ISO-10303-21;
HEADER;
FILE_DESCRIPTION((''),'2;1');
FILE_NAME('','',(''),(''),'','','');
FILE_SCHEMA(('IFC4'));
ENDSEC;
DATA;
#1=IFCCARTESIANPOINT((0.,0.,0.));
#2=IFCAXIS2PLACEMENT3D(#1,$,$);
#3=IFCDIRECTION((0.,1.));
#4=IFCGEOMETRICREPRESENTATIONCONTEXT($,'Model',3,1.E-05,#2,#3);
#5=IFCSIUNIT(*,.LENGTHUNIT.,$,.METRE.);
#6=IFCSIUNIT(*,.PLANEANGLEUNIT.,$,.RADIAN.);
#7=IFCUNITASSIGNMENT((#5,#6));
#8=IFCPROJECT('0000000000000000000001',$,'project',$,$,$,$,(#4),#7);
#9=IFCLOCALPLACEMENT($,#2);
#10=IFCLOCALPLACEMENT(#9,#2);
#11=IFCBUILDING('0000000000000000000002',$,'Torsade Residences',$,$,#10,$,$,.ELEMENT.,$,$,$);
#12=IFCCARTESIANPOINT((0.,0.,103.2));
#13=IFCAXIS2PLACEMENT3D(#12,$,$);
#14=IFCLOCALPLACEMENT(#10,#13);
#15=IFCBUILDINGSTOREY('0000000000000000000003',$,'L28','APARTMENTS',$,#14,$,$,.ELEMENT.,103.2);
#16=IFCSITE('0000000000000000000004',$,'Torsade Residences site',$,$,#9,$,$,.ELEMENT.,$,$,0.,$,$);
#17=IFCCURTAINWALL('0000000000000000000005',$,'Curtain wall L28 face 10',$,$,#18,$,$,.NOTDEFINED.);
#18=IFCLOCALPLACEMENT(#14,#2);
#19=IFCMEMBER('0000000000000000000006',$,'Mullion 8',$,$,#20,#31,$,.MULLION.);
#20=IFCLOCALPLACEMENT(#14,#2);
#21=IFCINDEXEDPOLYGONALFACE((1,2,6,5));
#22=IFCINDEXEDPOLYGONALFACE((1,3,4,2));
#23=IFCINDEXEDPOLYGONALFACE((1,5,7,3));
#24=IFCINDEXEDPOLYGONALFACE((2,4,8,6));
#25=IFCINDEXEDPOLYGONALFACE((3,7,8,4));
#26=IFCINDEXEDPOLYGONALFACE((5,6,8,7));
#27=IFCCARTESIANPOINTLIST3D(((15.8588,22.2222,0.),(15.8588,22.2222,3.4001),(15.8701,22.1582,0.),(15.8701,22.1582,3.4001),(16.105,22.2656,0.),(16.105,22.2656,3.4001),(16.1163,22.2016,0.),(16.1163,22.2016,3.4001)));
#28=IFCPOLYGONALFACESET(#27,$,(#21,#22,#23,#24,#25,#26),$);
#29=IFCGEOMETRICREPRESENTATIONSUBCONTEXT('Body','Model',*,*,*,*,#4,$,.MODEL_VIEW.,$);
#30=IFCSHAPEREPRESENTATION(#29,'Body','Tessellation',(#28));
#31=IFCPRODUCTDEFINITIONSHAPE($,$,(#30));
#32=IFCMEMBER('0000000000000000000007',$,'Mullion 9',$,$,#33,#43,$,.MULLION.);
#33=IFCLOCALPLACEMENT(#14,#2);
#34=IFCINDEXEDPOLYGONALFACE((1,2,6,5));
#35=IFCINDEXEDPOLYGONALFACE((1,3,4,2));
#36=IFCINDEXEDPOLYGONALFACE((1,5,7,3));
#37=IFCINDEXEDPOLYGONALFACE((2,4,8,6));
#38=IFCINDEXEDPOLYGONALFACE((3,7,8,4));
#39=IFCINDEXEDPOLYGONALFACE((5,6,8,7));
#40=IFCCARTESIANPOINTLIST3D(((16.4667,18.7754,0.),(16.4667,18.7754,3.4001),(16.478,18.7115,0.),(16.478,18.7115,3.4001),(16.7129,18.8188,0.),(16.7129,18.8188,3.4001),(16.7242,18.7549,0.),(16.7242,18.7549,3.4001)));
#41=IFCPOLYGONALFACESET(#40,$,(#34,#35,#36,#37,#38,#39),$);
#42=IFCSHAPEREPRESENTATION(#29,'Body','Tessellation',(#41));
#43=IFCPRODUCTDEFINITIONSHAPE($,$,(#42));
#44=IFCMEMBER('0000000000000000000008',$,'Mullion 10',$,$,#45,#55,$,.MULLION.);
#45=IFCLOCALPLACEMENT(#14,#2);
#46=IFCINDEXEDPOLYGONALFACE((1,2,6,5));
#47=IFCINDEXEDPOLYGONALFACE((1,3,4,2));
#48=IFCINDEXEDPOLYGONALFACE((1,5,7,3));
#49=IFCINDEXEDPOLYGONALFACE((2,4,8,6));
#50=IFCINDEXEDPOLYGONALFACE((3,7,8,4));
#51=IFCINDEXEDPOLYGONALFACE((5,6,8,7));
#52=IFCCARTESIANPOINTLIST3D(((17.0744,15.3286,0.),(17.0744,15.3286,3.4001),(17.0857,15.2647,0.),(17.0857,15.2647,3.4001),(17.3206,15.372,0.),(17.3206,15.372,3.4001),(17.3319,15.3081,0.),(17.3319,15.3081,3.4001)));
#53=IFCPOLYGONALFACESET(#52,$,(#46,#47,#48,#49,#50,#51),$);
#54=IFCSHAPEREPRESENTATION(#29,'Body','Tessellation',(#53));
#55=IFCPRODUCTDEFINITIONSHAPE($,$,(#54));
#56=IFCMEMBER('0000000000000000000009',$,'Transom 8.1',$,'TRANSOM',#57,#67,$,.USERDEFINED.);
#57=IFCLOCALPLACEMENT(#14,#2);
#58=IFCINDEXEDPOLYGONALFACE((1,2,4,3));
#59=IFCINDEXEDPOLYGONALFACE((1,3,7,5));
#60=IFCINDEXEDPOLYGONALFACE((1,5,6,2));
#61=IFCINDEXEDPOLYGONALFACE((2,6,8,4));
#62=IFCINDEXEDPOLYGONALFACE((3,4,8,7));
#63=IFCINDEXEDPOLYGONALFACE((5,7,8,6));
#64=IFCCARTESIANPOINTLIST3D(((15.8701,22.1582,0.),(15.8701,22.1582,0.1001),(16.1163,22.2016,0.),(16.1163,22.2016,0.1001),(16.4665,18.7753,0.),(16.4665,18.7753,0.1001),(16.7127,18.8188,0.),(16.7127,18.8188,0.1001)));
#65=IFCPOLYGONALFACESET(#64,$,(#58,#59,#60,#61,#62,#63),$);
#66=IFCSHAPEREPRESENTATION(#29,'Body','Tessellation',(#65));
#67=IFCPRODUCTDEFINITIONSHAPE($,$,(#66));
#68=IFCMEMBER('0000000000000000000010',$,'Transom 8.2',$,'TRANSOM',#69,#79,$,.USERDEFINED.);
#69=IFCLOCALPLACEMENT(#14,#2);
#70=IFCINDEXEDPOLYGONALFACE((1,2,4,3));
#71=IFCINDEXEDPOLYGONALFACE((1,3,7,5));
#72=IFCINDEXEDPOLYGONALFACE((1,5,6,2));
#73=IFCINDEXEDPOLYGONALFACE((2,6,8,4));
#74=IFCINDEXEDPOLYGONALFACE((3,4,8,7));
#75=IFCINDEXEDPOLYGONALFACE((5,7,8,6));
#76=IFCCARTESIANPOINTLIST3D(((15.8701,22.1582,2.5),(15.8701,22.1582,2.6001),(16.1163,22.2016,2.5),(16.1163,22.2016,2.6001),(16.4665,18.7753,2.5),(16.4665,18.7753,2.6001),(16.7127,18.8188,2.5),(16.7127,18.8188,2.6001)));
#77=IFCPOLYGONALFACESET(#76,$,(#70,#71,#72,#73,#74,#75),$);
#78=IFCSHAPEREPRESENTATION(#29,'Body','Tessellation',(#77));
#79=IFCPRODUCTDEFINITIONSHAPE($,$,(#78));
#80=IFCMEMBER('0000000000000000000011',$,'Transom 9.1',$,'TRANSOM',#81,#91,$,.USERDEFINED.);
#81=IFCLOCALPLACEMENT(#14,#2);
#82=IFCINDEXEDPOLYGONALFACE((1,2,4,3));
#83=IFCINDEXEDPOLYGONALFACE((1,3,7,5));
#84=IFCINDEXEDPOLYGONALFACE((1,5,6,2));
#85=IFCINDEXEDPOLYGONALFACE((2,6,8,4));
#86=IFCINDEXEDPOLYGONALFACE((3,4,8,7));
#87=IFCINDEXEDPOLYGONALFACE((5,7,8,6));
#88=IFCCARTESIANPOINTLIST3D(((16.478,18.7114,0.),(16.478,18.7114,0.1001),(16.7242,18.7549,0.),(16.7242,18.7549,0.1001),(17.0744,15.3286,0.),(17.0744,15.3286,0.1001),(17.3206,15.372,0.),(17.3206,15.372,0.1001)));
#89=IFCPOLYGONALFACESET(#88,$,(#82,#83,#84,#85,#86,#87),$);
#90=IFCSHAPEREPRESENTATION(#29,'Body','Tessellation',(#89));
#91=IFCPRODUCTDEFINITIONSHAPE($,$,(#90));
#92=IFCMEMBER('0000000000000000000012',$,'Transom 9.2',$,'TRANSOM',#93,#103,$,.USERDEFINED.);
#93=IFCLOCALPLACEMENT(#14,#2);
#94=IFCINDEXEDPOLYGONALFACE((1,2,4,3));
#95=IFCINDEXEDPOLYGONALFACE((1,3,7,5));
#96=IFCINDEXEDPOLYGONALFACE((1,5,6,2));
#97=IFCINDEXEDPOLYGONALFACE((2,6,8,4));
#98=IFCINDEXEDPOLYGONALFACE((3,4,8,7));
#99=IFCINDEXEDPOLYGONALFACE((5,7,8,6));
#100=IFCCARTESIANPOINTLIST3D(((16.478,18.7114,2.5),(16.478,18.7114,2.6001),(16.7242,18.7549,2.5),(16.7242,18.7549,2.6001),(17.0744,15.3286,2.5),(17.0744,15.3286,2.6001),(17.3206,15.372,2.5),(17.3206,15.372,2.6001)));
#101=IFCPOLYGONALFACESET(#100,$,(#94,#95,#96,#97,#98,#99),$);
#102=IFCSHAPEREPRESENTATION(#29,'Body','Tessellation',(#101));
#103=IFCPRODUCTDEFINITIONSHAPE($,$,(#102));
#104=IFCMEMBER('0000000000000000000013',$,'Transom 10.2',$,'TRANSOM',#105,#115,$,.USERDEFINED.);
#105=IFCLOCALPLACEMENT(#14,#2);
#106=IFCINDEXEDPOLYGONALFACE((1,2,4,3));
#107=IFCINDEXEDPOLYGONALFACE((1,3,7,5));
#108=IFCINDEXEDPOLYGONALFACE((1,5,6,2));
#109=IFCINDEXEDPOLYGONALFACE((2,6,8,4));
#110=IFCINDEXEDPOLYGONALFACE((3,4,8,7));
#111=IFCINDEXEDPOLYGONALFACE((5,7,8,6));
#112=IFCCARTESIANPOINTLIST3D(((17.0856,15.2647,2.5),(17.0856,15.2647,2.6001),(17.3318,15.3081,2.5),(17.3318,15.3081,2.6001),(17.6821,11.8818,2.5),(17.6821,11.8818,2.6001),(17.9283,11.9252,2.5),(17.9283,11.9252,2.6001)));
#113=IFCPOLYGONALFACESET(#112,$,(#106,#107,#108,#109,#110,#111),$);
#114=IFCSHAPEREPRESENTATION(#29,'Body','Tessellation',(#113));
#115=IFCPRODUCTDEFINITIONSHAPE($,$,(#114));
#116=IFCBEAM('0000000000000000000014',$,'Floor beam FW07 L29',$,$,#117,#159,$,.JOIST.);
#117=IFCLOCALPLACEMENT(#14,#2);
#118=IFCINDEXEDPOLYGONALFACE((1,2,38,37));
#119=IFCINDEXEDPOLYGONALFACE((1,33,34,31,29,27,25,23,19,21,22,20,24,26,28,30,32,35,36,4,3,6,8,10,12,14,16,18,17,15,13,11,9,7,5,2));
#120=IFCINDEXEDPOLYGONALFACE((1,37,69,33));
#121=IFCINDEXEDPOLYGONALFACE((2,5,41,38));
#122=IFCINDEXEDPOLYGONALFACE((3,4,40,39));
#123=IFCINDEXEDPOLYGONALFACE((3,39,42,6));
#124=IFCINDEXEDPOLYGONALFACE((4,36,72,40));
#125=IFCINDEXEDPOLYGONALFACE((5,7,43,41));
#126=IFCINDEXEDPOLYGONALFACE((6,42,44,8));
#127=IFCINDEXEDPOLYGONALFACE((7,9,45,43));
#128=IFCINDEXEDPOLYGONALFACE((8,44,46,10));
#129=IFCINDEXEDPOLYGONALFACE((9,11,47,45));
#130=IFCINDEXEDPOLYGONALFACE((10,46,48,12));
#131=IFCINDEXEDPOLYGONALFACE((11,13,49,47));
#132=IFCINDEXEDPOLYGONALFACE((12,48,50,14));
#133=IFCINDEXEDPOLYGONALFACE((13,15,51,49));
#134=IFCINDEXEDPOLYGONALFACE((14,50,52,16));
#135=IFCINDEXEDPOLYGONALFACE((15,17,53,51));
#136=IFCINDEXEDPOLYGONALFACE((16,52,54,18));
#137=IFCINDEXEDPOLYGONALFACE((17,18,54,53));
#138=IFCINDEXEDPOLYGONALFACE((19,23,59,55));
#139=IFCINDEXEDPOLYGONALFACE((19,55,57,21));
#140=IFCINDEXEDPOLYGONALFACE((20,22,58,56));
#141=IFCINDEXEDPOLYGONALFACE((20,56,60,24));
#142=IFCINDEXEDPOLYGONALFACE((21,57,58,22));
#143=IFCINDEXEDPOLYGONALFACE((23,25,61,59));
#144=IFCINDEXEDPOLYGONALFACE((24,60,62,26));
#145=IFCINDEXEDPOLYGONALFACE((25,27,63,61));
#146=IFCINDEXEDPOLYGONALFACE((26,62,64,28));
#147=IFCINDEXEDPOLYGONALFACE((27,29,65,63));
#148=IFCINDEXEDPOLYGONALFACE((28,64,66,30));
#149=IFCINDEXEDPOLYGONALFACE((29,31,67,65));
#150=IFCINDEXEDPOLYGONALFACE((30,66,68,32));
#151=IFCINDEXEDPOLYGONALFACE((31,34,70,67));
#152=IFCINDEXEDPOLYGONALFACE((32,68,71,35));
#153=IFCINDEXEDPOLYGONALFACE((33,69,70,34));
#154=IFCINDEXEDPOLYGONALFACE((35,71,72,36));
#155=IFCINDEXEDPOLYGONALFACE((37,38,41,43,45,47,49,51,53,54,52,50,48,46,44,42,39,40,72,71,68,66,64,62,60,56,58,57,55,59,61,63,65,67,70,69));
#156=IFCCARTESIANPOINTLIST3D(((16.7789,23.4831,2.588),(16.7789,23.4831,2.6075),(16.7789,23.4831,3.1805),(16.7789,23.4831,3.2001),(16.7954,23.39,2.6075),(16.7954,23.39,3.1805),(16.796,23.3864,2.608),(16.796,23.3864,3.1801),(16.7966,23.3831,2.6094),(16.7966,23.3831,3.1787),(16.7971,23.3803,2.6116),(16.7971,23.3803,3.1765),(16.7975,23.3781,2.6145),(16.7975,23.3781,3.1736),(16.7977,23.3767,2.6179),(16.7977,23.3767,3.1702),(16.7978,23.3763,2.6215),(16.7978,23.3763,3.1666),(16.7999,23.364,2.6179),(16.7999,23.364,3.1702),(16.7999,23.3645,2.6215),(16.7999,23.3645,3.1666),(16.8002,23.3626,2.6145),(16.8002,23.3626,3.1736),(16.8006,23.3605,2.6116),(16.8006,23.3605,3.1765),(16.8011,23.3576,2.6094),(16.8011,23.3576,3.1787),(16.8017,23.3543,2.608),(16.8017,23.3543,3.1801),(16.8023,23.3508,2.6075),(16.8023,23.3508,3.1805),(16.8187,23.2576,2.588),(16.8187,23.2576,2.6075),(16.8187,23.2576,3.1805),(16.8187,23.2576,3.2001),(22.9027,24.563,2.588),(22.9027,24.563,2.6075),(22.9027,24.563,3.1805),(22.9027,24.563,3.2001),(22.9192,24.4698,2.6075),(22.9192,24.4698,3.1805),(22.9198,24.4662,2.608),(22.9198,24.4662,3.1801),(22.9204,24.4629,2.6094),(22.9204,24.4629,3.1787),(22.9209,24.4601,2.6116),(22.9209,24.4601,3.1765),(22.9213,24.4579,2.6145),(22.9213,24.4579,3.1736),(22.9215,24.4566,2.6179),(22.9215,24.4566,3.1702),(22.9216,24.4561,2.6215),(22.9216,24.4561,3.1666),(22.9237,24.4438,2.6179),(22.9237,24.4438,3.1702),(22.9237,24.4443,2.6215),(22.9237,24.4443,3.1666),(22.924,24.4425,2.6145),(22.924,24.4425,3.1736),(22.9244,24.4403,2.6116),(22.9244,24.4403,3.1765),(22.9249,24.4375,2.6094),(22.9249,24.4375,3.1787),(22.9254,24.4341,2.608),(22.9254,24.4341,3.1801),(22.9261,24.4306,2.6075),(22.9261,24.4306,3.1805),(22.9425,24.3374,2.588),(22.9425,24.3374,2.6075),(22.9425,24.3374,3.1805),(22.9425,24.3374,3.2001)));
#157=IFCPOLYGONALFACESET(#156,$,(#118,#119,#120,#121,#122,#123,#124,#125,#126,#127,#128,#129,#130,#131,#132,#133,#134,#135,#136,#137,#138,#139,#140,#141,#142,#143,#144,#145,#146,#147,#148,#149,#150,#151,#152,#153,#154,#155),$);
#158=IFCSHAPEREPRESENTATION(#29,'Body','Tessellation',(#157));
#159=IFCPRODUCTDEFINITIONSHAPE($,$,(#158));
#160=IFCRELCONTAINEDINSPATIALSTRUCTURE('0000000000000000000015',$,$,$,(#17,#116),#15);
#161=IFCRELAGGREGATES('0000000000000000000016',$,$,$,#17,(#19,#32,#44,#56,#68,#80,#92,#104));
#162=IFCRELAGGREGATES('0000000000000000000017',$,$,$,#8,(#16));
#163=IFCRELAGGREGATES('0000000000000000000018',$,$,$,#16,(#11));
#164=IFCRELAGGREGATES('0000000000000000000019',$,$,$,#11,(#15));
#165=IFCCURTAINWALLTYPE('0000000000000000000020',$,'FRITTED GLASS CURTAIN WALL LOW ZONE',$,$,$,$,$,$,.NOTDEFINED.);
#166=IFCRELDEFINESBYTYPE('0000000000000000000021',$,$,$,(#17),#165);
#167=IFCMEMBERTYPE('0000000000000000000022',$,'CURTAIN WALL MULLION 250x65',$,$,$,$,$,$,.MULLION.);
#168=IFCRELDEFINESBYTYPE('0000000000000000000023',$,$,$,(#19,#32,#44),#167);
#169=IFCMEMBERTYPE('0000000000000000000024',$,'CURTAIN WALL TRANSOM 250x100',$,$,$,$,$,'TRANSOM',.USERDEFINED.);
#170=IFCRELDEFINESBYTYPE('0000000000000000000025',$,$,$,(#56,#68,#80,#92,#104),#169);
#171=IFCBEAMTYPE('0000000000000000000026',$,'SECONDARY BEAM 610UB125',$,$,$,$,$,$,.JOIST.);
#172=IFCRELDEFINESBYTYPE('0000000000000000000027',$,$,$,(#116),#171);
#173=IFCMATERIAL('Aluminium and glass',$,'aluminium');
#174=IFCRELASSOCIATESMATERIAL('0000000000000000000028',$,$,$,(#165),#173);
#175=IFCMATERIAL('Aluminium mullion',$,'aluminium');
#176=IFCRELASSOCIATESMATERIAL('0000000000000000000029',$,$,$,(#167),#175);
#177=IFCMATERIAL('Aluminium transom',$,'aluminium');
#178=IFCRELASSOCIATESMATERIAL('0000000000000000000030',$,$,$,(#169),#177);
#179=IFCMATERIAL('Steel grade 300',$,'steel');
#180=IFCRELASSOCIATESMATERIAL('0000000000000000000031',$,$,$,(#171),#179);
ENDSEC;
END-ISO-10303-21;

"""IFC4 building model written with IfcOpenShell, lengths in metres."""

from ifc_helpers import new_model, si_unit, direction, frame, origin, origin_2d, place, context, subcontext, project, spatial, rectangle, i_section, extrude, material, material_profile, profile_set, type_object, element, aggregate, save


model = new_model("IFC4")

# Units and contexts
model_context = context("Model", 3, precision=1e-05, world=origin(), true_north=direction((0.0, 1.0)))
body_context = subcontext(model_context, "Body", "Model", "MODEL_VIEW")
ifc_project = project(units=[si_unit("LENGTHUNIT", "METRE"), si_unit("PLANEANGLEUNIT", "RADIAN")], contexts=[model_context])

# Site, building, storey
site_placement = place(None, origin())
site = spatial("IfcSite", under=ifc_project, at=site_placement, Name="Torsade Residences site", CompositionType="ELEMENT", RefElevation=0.0)
building_placement = place(site_placement, origin())
building = spatial("IfcBuilding", under=site, at=building_placement, Name="Torsade Residences", CompositionType="ELEMENT")
storey_placement = place(building_placement, frame((0.0, 0.0, 103.2)))
storey = spatial("IfcBuildingStorey", under=building, at=storey_placement, Name="L28", Description="APARTMENTS", CompositionType="ELEMENT", Elevation=103.2)

# Curtain wall, members
ifc_material_1 = material(Name="Aluminium and glass", Category="aluminium")
curtain_wall_type = type_object("IfcCurtainWallType", Name="FRITTED GLASS CURTAIN WALL LOW ZONE", PredefinedType="NOTDEFINED", material=ifc_material_1)
curtain_wall_placement = place(storey_placement, origin())
curtain_wall = element("IfcCurtainWall", 1, at=curtain_wall_placement, inside=storey, type_object=curtain_wall_type, Name="Curtain wall L28 face 10", PredefinedType="NOTDEFINED")
ifc_material_2 = material(Name="Aluminium mullion", Category="aluminium")
ifc_material_profile_1 = material_profile(ifc_material_2, rectangle(XDim=0.25, YDim=0.0649, at=origin_2d()), Name="CURTAIN WALL MULLION 250x65")
ifc_profile_set_1 = profile_set([ifc_material_profile_1], Name="Aluminium mullion")
member_type_1 = type_object("IfcMemberType", Name="CURTAIN WALL MULLION 250x65", PredefinedType="MULLION", material=ifc_profile_set_1)
member_1_placement = place(storey_placement, frame((15.9875, 22.2119, 0.0), z_axis=(0.0, 0.0, 1.0), x_axis=(0.984808, 0.173648, 0.0)))
member_1 = element("IfcMember", 2, at=member_1_placement, type_object=member_type_1, Name="Mullion 8", PredefinedType="MULLION", context=body_context, shape_type="SweptSolid", body=[
    extrude(rectangle(XDim=0.25, YDim=0.0649, at=origin_2d()), origin(), (0.0, 0.0, 1.0), 3.4001),
])
member_2_placement = place(storey_placement, frame((16.5955, 18.7651, 0.0), z_axis=(0.0, 0.0, 1.0), x_axis=(0.984808, 0.173648, 0.0)))
member_2 = element("IfcMember", 3, at=member_2_placement, type_object=member_type_1, Name="Mullion 9", PredefinedType="MULLION", context=body_context, shape_type="SweptSolid", body=[
    extrude(rectangle(XDim=0.25, YDim=0.0649, at=origin_2d()), origin(), (0.0, 0.0, 1.0), 3.4001),
])
member_3_placement = place(storey_placement, frame((17.2031, 15.3184, 0.0), z_axis=(0.0, 0.0, 1.0), x_axis=(0.984808, 0.173648, 0.0)))
member_3 = element("IfcMember", 4, at=member_3_placement, type_object=member_type_1, Name="Mullion 10", PredefinedType="MULLION", context=body_context, shape_type="SweptSolid", body=[
    extrude(rectangle(XDim=0.25, YDim=0.0649, at=origin_2d()), origin(), (0.0, 0.0, 1.0), 3.4001),
])
ifc_material_3 = material(Name="Aluminium transom", Category="aluminium")
ifc_material_profile_2 = material_profile(ifc_material_3, rectangle(XDim=0.25, YDim=0.1001, at=origin_2d()), Name="CURTAIN WALL TRANSOM 250x100")
ifc_profile_set_2 = profile_set([ifc_material_profile_2], Name="Aluminium transom")
member_type_2 = type_object("IfcMemberType", Name="CURTAIN WALL TRANSOM 250x100", ElementType="TRANSOM", PredefinedType="USERDEFINED", material=ifc_profile_set_2)
member_4_placement = place(storey_placement, frame((15.9932, 22.1799, 0.05), z_axis=(0.173635, -0.98481, 0.0), x_axis=(0.98481, 0.173635, 0.0)))
member_4 = element("IfcMember", 5, at=member_4_placement, type_object=member_type_2, Name="Transom 8.1", ObjectType="TRANSOM", PredefinedType="USERDEFINED", context=body_context, shape_type="SweptSolid", body=[
    extrude(rectangle(XDim=0.25, YDim=0.1001, at=origin_2d()), origin(), (0.0, 0.0, 1.0), 3.4351),
])
member_5_placement = place(storey_placement, frame((15.9932, 22.1799, 2.55), z_axis=(0.173635, -0.98481, 0.0), x_axis=(0.98481, 0.173635, 0.0)))
member_5 = element("IfcMember", 6, at=member_5_placement, type_object=member_type_2, Name="Transom 8.2", ObjectType="TRANSOM", PredefinedType="USERDEFINED", context=body_context, shape_type="SweptSolid", body=[
    extrude(rectangle(XDim=0.25, YDim=0.1001, at=origin_2d()), origin(), (0.0, 0.0, 1.0), 3.4351),
])
member_6_placement = place(storey_placement, frame((16.6011, 18.7332, 0.05), z_axis=(0.173635, -0.98481, 0.0), x_axis=(0.98481, 0.173635, 0.0)))
member_6 = element("IfcMember", 7, at=member_6_placement, type_object=member_type_2, Name="Transom 9.1", ObjectType="TRANSOM", PredefinedType="USERDEFINED", context=body_context, shape_type="SweptSolid", body=[
    extrude(rectangle(XDim=0.25, YDim=0.1001, at=origin_2d()), origin(), (0.0, 0.0, 1.0), 3.4351),
])
member_7_placement = place(storey_placement, frame((16.6011, 18.7332, 2.55), z_axis=(0.173635, -0.98481, 0.0), x_axis=(0.98481, 0.173635, 0.0)))
member_7 = element("IfcMember", 8, at=member_7_placement, type_object=member_type_2, Name="Transom 9.2", ObjectType="TRANSOM", PredefinedType="USERDEFINED", context=body_context, shape_type="SweptSolid", body=[
    extrude(rectangle(XDim=0.25, YDim=0.1001, at=origin_2d()), origin(), (0.0, 0.0, 1.0), 3.4351),
])
member_8_placement = place(storey_placement, frame((17.2087, 15.2864, 2.55), z_axis=(0.173635, -0.98481, 0.0), x_axis=(0.98481, 0.173635, 0.0)))
member_8 = element("IfcMember", 9, at=member_8_placement, type_object=member_type_2, Name="Transom 10.2", ObjectType="TRANSOM", PredefinedType="USERDEFINED", context=body_context, shape_type="SweptSolid", body=[
    extrude(rectangle(XDim=0.25, YDim=0.1001, at=origin_2d()), origin(), (0.0, 0.0, 1.0), 3.4351),
])

# Beam
ifc_material_4 = material(Name="Steel grade 300", Category="steel")
ifc_material_profile_3 = material_profile(ifc_material_4, i_section(OverallWidth=0.229, OverallDepth=0.6121, WebThickness=0.012, FlangeThickness=0.0195, FilletRadius=0.0139, at=origin_2d()), Name="610UB125")
ifc_profile_set_3 = profile_set([ifc_material_profile_3], Name="Steel grade 300")
beam_type = type_object("IfcBeamType", Name="SECONDARY BEAM 610UB125", PredefinedType="JOIST", material=ifc_profile_set_3)
beam_1_placement = place(storey_placement, frame((16.7988, 23.3704, 2.894), z_axis=(0.984806, 0.173655, 0.0), x_axis=(-0.173655, 0.984806, 0.0)))
element("IfcBeam", 10, at=beam_1_placement, inside=storey, type_object=beam_type, Name="Floor beam FW07 L29", PredefinedType="JOIST", context=body_context, shape_type="SweptSolid", body=[
    extrude(i_section(OverallWidth=0.229, OverallDepth=0.6121, WebThickness=0.012, FlangeThickness=0.0195, FilletRadius=0.0139, at=origin_2d()), origin(), (0.0, 0.0, 1.0), 6.2183),
])

aggregate(curtain_wall, [member_1, member_2, member_3, member_4, member_5, member_6, member_7, member_8])

save(model, "model.ifc")
